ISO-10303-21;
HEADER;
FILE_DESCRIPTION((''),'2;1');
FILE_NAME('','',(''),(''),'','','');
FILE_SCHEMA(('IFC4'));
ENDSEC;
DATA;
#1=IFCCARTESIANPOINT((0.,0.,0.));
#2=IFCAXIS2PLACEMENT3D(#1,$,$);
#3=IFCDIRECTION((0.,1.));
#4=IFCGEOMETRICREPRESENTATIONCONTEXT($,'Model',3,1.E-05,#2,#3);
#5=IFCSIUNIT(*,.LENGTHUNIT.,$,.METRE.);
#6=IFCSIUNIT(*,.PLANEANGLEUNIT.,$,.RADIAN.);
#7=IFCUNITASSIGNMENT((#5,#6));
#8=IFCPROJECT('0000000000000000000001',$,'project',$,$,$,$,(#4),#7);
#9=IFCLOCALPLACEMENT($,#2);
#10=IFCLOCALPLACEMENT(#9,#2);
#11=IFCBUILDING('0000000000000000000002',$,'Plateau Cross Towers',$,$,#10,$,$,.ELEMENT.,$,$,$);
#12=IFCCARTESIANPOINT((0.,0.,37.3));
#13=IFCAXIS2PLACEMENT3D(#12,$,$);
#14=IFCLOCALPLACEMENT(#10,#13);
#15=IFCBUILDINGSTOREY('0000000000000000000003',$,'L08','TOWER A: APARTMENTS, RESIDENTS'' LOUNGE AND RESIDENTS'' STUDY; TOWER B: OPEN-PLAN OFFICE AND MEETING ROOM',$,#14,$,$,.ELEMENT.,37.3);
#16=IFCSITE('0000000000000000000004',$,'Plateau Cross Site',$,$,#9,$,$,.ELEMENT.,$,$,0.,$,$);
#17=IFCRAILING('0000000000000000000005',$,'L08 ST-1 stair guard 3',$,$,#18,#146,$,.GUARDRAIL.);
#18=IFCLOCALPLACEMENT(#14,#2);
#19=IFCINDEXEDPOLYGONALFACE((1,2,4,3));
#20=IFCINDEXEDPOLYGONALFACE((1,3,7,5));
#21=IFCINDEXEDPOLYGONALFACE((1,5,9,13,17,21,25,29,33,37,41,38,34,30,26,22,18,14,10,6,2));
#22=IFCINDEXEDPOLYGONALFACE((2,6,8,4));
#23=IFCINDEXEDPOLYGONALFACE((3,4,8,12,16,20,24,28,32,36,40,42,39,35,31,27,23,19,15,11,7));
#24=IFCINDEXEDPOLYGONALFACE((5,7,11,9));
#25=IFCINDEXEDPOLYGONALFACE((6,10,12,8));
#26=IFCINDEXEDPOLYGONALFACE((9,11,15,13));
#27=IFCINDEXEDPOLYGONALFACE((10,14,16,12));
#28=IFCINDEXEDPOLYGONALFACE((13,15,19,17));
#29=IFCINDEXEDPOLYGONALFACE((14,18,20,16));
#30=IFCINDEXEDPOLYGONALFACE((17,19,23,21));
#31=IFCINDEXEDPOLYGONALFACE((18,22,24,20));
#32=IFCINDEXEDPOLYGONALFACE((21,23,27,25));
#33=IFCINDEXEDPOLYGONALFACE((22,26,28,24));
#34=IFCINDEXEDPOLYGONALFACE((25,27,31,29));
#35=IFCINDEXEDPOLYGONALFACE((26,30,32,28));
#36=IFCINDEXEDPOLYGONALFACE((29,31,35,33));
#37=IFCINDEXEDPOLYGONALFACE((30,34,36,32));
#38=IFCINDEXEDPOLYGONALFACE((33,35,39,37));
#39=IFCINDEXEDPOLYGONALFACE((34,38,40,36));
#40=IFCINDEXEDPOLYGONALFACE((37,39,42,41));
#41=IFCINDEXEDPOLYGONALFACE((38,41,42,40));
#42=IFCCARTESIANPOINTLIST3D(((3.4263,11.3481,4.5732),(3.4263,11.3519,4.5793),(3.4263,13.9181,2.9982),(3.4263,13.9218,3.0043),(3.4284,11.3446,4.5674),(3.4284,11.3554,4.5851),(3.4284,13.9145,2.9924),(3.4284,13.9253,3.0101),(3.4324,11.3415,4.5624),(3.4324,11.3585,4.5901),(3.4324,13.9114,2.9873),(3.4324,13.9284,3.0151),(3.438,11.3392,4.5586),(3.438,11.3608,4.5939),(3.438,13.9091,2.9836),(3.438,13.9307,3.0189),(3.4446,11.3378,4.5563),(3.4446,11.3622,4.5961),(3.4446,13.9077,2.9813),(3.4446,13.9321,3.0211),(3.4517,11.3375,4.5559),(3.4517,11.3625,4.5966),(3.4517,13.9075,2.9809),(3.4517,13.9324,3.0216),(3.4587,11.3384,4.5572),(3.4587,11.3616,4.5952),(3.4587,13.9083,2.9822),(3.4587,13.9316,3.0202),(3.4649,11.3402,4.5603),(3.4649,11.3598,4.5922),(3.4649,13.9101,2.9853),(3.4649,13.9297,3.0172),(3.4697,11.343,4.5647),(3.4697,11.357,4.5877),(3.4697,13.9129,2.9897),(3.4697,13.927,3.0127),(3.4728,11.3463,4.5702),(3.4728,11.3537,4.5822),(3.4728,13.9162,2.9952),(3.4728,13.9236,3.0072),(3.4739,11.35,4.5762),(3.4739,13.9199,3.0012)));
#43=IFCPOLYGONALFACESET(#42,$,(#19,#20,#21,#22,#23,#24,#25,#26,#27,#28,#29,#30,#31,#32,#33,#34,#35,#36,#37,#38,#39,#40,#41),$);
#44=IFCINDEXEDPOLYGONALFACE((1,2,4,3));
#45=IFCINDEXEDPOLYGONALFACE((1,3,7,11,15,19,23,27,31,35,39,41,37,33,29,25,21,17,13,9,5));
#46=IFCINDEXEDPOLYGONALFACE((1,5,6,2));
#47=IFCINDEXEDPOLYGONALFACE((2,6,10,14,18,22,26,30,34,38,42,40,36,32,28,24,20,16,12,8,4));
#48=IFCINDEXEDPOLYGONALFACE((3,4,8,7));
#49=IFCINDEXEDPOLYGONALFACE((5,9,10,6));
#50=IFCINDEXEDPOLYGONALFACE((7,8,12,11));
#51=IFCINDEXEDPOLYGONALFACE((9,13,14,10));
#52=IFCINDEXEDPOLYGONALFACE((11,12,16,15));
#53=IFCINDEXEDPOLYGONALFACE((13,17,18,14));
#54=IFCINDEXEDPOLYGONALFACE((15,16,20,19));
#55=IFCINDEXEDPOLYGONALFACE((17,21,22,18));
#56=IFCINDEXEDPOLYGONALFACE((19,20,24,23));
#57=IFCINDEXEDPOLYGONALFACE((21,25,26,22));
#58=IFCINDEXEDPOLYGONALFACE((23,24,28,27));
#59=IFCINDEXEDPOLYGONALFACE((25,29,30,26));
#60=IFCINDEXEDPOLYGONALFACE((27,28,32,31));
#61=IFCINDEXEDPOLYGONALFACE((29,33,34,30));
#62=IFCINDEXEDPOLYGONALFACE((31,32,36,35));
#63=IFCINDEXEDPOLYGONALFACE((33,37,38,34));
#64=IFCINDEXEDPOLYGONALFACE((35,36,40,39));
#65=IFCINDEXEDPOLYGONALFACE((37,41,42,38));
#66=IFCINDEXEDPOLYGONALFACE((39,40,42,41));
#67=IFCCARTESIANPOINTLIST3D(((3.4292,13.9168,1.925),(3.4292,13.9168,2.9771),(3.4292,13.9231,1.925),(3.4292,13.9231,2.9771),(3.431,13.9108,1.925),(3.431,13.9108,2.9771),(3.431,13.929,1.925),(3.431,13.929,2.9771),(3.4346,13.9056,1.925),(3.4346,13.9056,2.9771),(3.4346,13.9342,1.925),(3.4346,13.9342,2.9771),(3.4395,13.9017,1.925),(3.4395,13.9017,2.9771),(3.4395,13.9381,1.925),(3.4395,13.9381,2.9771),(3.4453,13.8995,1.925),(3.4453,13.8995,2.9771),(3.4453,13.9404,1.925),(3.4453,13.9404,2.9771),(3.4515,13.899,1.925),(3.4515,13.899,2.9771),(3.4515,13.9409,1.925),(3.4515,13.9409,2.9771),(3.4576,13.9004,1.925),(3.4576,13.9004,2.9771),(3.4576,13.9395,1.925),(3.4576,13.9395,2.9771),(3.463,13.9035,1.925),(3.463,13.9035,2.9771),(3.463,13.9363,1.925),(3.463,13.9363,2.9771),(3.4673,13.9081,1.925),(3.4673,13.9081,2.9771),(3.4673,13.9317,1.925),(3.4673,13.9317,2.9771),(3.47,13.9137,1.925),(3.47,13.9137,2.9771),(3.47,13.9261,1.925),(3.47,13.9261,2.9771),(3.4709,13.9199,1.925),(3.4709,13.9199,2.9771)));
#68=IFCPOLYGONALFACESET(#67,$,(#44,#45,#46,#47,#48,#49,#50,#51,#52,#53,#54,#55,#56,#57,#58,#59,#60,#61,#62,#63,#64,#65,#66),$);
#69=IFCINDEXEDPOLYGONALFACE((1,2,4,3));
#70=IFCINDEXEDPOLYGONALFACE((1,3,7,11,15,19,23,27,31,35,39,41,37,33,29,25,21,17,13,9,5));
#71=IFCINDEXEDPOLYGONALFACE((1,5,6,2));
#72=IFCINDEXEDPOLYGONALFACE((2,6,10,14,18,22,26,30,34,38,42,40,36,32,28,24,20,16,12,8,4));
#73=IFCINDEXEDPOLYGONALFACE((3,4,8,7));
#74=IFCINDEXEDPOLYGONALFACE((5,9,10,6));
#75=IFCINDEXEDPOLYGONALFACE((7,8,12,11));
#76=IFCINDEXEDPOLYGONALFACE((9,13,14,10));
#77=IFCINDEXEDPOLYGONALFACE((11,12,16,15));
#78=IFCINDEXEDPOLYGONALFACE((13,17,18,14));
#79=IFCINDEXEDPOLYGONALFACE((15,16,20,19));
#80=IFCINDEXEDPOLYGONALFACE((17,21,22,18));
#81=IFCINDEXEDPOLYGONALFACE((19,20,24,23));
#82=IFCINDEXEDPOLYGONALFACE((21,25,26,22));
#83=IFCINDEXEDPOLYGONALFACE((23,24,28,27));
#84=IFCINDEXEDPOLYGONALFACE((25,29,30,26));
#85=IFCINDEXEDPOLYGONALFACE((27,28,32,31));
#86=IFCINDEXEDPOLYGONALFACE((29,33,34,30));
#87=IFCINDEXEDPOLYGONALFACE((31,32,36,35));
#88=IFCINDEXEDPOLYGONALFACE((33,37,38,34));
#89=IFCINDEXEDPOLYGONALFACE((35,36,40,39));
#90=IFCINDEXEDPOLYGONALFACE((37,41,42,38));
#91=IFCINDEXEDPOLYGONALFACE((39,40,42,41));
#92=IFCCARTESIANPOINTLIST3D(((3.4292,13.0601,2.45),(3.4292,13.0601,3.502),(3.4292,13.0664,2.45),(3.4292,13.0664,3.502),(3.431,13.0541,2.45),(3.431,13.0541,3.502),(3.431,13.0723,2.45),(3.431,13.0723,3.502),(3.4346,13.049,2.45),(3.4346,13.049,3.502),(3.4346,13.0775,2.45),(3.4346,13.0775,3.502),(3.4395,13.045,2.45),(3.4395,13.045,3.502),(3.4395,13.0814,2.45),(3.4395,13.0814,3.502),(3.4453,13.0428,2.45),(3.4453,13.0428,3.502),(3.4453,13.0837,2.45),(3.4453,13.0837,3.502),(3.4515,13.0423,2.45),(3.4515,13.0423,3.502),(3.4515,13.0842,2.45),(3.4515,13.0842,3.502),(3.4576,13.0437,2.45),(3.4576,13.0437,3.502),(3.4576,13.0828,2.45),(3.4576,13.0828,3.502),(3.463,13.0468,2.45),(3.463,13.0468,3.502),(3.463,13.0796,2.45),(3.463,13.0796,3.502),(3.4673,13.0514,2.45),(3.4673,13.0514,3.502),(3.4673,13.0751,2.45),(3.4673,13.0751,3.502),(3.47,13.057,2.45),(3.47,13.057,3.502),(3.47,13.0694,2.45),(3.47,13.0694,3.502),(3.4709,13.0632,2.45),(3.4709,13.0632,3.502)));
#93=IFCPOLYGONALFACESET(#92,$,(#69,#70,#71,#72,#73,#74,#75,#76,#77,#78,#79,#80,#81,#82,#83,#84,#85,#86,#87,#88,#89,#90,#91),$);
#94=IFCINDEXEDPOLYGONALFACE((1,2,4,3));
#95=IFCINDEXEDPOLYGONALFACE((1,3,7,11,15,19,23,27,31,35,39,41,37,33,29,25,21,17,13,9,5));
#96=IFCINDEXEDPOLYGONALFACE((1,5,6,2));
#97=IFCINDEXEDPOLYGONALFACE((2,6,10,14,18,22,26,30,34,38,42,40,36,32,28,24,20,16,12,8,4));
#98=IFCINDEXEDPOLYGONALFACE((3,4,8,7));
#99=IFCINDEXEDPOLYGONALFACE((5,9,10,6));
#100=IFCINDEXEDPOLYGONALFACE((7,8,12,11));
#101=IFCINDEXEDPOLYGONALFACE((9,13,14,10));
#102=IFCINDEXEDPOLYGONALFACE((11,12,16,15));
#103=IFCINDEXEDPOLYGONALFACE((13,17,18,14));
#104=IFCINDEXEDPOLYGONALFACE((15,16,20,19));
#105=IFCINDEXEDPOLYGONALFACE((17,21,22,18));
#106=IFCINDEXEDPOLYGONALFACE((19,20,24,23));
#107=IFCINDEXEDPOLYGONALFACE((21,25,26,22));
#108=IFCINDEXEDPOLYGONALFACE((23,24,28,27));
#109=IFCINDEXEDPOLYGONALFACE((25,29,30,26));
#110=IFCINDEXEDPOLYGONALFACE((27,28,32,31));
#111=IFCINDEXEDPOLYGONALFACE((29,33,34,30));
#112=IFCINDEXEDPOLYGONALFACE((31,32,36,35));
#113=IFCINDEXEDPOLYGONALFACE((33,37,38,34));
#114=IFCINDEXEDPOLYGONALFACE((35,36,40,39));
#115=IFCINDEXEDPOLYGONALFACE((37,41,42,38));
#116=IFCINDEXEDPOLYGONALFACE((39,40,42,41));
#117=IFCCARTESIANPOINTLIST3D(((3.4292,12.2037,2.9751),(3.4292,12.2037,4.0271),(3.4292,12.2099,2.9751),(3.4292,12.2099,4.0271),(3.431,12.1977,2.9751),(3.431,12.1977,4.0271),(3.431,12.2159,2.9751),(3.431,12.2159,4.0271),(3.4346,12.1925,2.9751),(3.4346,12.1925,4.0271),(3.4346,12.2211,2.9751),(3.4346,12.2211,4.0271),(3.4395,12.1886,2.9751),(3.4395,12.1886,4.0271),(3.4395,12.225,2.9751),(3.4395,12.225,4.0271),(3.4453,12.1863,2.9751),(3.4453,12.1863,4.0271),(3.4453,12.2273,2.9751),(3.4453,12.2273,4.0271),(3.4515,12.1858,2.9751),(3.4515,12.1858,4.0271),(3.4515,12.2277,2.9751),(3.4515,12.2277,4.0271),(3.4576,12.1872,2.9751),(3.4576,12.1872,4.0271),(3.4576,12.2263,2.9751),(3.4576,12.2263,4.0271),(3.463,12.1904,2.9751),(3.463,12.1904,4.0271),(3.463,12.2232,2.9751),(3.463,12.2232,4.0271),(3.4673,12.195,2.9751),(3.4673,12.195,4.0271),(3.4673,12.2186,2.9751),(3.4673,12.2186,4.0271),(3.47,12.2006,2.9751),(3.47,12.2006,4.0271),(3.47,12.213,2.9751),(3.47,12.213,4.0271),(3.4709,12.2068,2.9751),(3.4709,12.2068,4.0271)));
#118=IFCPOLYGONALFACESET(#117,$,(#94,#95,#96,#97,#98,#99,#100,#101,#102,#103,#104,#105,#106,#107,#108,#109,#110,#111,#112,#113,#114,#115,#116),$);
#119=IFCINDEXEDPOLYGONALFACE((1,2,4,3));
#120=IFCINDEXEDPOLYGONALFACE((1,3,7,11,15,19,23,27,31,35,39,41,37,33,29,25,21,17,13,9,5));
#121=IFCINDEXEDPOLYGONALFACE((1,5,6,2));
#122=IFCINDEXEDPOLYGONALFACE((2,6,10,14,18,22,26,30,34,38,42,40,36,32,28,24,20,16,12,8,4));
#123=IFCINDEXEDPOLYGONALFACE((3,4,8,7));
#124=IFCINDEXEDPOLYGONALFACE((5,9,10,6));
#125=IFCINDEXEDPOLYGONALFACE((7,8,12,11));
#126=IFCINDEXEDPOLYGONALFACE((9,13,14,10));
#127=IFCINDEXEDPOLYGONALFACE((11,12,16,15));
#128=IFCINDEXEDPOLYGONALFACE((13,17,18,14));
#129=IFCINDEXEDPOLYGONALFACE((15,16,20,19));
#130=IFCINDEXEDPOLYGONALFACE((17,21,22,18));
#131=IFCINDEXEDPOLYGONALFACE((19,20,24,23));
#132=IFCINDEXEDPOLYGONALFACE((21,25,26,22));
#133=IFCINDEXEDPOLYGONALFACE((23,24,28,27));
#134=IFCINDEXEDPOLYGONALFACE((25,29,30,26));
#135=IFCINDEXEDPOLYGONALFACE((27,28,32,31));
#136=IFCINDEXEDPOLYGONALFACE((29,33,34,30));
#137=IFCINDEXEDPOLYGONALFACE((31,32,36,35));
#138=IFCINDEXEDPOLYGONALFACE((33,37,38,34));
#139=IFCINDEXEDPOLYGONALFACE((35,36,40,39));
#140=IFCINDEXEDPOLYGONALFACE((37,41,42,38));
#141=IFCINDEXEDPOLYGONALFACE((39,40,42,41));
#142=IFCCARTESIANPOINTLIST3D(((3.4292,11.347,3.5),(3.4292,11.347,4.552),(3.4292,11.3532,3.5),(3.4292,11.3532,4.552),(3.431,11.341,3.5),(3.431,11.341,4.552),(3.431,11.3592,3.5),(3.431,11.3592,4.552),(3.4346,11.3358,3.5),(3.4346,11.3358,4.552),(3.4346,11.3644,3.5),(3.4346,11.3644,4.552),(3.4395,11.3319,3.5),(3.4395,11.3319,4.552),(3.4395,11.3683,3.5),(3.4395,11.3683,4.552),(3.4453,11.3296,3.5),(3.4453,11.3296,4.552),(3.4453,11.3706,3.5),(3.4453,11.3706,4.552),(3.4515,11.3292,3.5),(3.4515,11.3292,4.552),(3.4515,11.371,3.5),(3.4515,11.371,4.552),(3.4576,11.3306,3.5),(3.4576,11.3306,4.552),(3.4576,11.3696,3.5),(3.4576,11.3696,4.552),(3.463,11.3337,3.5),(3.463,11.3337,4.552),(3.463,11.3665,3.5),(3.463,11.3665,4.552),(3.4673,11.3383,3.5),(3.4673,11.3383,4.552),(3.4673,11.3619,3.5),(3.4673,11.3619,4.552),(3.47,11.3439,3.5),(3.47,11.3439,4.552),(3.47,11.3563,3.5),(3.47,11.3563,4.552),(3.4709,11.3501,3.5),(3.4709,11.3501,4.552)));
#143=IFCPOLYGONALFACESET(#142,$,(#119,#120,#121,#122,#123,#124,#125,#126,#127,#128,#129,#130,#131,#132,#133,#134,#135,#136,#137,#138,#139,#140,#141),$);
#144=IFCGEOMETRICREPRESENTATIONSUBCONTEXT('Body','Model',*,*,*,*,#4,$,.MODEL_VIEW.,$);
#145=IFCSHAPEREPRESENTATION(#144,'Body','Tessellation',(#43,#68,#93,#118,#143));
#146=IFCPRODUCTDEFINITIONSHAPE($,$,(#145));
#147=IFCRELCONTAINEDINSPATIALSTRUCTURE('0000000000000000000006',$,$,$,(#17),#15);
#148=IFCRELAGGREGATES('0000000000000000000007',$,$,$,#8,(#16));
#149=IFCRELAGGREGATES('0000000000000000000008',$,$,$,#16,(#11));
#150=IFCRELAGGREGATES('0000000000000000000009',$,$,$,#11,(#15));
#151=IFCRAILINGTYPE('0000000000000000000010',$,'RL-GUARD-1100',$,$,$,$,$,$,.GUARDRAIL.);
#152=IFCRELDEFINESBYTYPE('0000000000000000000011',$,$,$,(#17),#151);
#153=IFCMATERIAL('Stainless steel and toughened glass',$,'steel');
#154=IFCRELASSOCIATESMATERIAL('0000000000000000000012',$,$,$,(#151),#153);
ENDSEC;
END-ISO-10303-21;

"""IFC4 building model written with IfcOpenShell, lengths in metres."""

from ifc_helpers import new_model, si_unit, direction, frame, origin, origin_2d, place, context, subcontext, project, spatial, circle, extrude, material, type_object, element, save


model = new_model("IFC4")

# Units and contexts
model_context = context("Model", 3, precision=1e-05, world=origin(), true_north=direction((0.0, 1.0)))
body_context = subcontext(model_context, "Body", "Model", "MODEL_VIEW")
ifc_project = project(units=[si_unit("LENGTHUNIT", "METRE"), si_unit("PLANEANGLEUNIT", "RADIAN")], contexts=[model_context])

# Site, building, storey
site_placement = place(None, origin())
site = spatial("IfcSite", under=ifc_project, at=site_placement, Name="Plateau Cross Site", CompositionType="ELEMENT", RefElevation=0.0)
building_placement = place(site_placement, origin())
building = spatial("IfcBuilding", under=site, at=building_placement, Name="Plateau Cross Towers", CompositionType="ELEMENT")
storey_placement = place(building_placement, frame((0.0, 0.0, 37.3)))
storey = spatial("IfcBuildingStorey", under=building, at=storey_placement, Name="L08", Description="TOWER A: APARTMENTS, RESIDENTS' LOUNGE AND RESIDENTS' STUDY; TOWER B: OPEN-PLAN OFFICE AND MEETING ROOM", CompositionType="ELEMENT", Elevation=37.3)

# Railing
ifc_material_1 = material(Name="Stainless steel and toughened glass", Category="steel")
railing_type_1 = type_object("IfcRailingType", Name="RL-GUARD-1100", PredefinedType="GUARDRAIL", material=ifc_material_1)
railing_1_placement = place(storey_placement, frame((3.45, 13.9199, 1.925)))
element("IfcRailing", 1, at=railing_1_placement, inside=storey, type_object=railing_type_1, Name="L08 ST-1 stair guard 3", PredefinedType="GUARDRAIL", context=body_context, shape_type="SweptSolid", body=[
    extrude(circle(Radius=0.0239, at=origin_2d()), frame((0.0, 0.0, 1.0762), z_axis=(0.0, -0.852616, 0.522537), x_axis=(1.0, 0.0, 0.0)), (0.0, 0.0, 1.0), 3.0142),
    extrude(circle(Radius=0.021, at=origin_2d()), origin(), (0.0, 0.0, 1.0), 1.052),
    extrude(circle(Radius=0.021, at=origin_2d()), frame((0.0, -0.8567, 0.5249)), (0.0, 0.0, 1.0), 1.052),
    extrude(circle(Radius=0.021, at=origin_2d()), frame((0.0, -1.7131, 1.05)), (0.0, 0.0, 1.0), 1.052),
    extrude(circle(Radius=0.021, at=origin_2d()), frame((0.0, -2.5698, 1.575)), (0.0, 0.0, 1.0), 1.052),
])

save(model, "model.ifc")
